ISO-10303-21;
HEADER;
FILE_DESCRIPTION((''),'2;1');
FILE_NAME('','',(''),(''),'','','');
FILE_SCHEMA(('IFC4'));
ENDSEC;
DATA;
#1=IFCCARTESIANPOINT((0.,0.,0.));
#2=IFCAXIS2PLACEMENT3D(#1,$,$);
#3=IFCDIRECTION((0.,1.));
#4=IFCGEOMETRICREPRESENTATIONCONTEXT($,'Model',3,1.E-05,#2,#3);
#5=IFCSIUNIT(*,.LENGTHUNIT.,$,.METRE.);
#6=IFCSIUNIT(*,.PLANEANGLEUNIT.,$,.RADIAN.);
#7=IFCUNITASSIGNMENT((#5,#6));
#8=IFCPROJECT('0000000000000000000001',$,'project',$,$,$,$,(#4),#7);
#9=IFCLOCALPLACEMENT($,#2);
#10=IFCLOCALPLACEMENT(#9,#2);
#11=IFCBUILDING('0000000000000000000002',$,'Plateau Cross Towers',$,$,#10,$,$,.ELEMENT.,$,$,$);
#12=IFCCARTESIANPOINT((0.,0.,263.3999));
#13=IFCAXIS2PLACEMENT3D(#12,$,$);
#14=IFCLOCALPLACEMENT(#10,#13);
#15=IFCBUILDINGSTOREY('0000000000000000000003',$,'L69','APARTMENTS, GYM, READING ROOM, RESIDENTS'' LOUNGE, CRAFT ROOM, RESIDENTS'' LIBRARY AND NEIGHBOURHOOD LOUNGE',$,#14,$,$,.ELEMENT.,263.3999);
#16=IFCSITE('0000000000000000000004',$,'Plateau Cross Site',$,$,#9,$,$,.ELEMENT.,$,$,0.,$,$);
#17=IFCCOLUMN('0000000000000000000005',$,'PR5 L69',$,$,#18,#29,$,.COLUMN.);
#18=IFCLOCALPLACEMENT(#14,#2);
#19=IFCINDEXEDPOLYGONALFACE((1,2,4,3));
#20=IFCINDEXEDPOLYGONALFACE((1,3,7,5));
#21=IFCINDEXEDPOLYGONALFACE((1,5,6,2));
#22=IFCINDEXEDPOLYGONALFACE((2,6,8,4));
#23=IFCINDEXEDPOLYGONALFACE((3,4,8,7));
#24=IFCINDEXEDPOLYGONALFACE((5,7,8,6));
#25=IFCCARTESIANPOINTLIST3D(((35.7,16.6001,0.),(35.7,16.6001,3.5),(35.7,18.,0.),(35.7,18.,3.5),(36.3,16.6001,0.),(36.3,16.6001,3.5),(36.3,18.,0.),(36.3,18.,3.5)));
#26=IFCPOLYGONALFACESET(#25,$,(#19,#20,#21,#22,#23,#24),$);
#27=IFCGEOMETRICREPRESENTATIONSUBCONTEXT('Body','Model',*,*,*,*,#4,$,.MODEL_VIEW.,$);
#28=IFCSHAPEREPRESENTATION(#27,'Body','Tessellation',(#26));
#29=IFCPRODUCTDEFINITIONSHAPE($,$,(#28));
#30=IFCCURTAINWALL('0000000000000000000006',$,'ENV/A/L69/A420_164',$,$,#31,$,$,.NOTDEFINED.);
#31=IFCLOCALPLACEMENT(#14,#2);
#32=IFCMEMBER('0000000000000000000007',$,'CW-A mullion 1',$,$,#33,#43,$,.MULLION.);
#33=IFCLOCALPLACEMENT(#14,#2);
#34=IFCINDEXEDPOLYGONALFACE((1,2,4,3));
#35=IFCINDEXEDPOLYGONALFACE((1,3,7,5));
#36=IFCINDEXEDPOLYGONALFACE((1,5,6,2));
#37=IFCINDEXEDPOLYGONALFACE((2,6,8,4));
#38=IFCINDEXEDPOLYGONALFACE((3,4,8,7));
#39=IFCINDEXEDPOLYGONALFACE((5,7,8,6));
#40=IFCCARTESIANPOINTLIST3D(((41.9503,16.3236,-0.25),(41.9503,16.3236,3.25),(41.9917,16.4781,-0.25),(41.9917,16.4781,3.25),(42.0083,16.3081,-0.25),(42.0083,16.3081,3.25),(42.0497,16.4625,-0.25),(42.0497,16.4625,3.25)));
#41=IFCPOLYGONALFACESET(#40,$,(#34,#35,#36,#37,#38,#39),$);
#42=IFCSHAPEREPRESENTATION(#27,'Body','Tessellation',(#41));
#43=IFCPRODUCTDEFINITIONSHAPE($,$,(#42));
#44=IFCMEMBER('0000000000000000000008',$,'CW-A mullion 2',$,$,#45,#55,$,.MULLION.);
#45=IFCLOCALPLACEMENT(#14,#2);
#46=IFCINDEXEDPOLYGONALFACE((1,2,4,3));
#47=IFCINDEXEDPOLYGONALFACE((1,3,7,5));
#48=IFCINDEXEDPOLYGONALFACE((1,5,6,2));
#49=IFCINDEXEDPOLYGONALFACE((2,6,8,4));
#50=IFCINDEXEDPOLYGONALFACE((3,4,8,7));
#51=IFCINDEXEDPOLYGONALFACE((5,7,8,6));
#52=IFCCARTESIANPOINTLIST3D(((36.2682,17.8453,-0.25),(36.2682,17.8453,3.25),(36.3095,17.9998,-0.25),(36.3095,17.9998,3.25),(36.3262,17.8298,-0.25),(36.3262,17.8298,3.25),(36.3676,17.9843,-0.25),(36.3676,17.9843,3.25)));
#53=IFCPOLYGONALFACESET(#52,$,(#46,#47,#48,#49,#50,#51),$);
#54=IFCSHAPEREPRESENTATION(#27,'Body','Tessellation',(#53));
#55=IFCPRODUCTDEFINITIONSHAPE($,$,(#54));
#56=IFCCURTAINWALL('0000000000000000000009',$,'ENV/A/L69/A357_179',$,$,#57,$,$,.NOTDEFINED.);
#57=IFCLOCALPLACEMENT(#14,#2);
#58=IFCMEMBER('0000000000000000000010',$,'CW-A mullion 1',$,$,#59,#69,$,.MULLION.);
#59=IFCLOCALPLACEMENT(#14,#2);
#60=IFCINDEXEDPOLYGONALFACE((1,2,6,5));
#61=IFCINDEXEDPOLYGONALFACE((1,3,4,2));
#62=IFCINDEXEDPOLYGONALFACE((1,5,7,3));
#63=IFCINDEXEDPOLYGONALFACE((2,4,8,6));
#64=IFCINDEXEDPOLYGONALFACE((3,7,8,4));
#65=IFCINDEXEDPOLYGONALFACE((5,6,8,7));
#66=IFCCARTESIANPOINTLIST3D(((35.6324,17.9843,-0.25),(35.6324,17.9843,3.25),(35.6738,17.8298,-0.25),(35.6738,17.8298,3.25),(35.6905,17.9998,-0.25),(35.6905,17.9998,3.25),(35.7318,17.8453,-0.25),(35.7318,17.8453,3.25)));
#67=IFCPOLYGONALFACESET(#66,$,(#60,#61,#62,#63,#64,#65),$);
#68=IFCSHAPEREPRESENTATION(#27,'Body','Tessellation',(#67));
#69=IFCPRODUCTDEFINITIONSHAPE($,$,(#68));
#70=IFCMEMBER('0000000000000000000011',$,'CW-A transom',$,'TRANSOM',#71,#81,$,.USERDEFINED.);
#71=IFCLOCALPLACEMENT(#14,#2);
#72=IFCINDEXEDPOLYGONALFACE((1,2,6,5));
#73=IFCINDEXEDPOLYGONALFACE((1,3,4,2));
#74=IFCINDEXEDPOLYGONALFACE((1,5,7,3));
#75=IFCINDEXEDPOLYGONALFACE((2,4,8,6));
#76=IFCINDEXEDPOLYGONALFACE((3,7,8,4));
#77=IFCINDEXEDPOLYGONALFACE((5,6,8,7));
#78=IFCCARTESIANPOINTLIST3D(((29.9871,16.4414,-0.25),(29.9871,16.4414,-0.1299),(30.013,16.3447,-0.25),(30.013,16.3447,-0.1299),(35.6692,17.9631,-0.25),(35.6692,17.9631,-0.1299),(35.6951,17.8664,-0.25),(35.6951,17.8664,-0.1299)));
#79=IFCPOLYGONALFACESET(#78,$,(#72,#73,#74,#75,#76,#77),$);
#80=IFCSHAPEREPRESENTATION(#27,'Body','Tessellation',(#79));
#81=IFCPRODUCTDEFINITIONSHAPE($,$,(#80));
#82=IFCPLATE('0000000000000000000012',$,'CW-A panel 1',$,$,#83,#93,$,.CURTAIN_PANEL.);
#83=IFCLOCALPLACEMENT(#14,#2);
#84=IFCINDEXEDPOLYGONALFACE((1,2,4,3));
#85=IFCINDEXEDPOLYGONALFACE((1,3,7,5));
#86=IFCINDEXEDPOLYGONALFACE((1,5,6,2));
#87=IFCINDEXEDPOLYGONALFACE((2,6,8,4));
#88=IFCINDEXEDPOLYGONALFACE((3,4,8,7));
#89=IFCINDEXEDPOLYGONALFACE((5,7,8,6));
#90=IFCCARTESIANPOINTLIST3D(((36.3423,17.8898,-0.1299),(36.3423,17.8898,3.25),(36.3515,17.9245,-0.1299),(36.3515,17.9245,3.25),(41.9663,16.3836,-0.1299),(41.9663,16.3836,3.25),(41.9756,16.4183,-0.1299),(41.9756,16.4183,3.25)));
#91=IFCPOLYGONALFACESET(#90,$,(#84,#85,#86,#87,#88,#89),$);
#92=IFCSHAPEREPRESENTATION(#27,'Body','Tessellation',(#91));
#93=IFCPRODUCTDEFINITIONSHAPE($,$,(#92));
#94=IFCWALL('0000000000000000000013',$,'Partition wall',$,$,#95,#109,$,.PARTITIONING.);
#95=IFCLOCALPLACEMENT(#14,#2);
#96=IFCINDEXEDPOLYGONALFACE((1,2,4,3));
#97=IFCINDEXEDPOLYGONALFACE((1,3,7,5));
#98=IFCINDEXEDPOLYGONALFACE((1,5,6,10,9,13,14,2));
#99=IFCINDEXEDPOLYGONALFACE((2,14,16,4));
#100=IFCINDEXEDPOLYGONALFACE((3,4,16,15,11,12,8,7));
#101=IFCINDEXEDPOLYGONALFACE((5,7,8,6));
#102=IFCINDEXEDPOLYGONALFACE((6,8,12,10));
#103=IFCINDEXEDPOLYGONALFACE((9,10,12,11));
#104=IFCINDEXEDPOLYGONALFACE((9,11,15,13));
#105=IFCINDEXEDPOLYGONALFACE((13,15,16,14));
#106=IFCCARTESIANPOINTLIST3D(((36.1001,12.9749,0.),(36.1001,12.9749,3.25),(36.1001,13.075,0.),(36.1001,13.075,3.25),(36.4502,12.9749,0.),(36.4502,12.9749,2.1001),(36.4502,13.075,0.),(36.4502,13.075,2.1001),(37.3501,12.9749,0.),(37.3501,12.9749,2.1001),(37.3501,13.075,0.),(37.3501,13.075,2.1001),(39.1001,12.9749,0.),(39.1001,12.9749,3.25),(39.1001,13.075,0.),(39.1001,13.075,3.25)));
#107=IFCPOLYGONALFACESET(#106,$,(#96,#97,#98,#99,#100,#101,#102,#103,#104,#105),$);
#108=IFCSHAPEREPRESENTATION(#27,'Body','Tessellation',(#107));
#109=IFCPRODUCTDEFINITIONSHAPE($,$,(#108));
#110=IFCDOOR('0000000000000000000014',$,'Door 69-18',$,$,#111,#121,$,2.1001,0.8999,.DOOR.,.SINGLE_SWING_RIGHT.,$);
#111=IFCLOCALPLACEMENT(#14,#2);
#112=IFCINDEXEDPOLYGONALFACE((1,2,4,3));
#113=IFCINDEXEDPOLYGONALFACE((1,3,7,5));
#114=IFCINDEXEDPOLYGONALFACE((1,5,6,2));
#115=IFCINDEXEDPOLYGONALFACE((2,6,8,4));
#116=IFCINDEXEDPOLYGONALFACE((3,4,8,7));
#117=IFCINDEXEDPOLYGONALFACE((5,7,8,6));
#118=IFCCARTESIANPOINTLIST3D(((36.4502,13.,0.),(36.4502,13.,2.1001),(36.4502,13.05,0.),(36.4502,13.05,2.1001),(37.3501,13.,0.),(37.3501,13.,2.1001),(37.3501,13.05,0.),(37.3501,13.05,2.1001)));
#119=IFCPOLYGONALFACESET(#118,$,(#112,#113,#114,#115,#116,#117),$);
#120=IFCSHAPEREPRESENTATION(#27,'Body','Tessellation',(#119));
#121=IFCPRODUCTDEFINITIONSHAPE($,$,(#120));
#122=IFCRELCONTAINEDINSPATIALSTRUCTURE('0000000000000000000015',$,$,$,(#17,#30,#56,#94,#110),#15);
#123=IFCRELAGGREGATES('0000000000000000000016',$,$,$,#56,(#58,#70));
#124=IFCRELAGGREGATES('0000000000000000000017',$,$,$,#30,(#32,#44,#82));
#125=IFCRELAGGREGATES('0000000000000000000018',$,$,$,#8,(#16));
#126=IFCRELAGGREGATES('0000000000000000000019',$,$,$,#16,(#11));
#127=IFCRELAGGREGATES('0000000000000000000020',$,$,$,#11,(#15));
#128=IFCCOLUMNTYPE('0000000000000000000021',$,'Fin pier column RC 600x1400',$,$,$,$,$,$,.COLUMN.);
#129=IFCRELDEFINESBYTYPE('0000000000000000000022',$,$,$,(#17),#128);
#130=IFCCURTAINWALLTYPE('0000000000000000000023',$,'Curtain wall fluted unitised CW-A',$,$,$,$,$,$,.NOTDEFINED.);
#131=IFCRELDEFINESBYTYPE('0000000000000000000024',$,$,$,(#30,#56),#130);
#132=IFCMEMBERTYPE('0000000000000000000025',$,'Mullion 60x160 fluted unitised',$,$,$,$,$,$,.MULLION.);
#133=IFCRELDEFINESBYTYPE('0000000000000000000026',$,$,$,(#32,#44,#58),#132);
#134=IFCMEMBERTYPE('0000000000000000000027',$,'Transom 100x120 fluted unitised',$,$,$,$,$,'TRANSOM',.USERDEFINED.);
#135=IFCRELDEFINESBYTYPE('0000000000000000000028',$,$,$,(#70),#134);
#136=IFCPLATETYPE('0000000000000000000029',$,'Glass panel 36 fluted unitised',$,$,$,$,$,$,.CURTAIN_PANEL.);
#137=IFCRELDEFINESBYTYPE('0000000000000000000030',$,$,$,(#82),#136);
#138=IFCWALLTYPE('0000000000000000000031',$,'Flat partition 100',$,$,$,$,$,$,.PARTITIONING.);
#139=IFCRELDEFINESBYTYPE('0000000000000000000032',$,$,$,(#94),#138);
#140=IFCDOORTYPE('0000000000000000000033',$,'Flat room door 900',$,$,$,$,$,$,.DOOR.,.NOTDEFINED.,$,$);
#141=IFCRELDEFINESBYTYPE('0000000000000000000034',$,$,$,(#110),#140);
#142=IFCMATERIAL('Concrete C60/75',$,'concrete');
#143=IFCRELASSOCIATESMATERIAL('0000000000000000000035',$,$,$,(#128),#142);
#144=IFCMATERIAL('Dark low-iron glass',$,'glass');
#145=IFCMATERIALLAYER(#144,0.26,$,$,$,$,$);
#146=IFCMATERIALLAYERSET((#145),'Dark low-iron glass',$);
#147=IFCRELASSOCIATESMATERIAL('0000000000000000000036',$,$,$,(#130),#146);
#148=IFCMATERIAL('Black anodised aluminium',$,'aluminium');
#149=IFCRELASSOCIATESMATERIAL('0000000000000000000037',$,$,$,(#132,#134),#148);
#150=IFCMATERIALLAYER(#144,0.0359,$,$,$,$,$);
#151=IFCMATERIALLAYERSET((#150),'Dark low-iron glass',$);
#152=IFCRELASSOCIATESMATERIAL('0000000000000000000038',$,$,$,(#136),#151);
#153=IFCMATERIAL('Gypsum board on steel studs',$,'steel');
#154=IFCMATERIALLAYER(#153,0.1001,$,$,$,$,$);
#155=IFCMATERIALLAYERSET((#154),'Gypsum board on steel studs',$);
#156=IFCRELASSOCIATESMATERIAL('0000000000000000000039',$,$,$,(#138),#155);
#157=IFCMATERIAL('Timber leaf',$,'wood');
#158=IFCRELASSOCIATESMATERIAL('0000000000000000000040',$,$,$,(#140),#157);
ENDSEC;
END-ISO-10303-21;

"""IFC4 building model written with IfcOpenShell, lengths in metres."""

from ifc_helpers import new_model, si_unit, direction, frame, frame_2d, origin, origin_2d, place, context, subcontext, project, spatial, rectangle, extrude, material, layer, layer_set, material_profile, profile_set, type_object, element, fill, aggregate, save


model = new_model("IFC4")

# Units and contexts
model_context = context("Model", 3, precision=1e-05, world=origin(), true_north=direction((0.0, 1.0)))
body_context = subcontext(model_context, "Body", "Model", "MODEL_VIEW")
ifc_project = project(units=[si_unit("LENGTHUNIT", "METRE"), si_unit("PLANEANGLEUNIT", "RADIAN")], contexts=[model_context])

# Site, building, storey
site_placement = place(None, origin())
site = spatial("IfcSite", under=ifc_project, at=site_placement, Name="Plateau Cross Site", CompositionType="ELEMENT", RefElevation=0.0)
building_placement = place(site_placement, origin())
building = spatial("IfcBuilding", under=site, at=building_placement, Name="Plateau Cross Towers", CompositionType="ELEMENT")
storey_placement = place(building_placement, frame((0.0, 0.0, 263.3999)))
storey = spatial("IfcBuildingStorey", under=building, at=storey_placement, Name="L69", Description="APARTMENTS, GYM, READING ROOM, RESIDENTS' LOUNGE, CRAFT ROOM, RESIDENTS' LIBRARY AND NEIGHBOURHOOD LOUNGE", CompositionType="ELEMENT", Elevation=263.3999)

# Column
ifc_material_1 = material(Name="Concrete C60/75", Category="concrete")
ifc_material_profile_1 = material_profile(ifc_material_1, rectangle(XDim=0.6001, YDim=1.3999, at=origin_2d()), Name="RC 600x1400")
ifc_profile_set_1 = profile_set([ifc_material_profile_1], Name="Concrete C60/75")
column_type = type_object("IfcColumnType", Name="Fin pier column RC 600x1400", PredefinedType="COLUMN", material=ifc_profile_set_1)
column_placement = place(storey_placement, frame((36.0, 17.3, 0.0), z_axis=(0.0, 0.0, 1.0), x_axis=(1.0, 0.0, 0.0)))
element("IfcColumn", 1, at=column_placement, inside=storey, type_object=column_type, Name="PR5 L69", PredefinedType="COLUMN", context=body_context, shape_type="SweptSolid", body=[
    extrude(rectangle(XDim=0.6001, YDim=1.3999, at=origin_2d()), origin(), (0.0, 0.0, 1.0), 3.5),
])

# Curtain walls, members
ifc_material_2 = material(Name="Dark low-iron glass", Category="glass")
ifc_layer_1 = layer(ifc_material_2, 0.26)
ifc_layer_set_1 = layer_set([ifc_layer_1], Name="Dark low-iron glass")
curtain_wall_type = type_object("IfcCurtainWallType", Name="Curtain wall fluted unitised CW-A", PredefinedType="NOTDEFINED", material=ifc_layer_set_1)
curtain_wall_1_placement = place(storey_placement, origin())
curtain_wall_1 = element("IfcCurtainWall", 2, at=curtain_wall_1_placement, inside=storey, type_object=curtain_wall_type, Name="ENV/A/L69/A420_164", PredefinedType="NOTDEFINED")
ifc_material_3 = material(Name="Black anodised aluminium", Category="aluminium")
ifc_material_profile_2 = material_profile(ifc_material_3, rectangle(XDim=0.0601, YDim=0.1599, at=origin_2d()), Name="MULLION 60x160")
ifc_profile_set_2 = profile_set([ifc_material_profile_2], Name="Black anodised aluminium")
member_type_1 = type_object("IfcMemberType", Name="Mullion 60x160 fluted unitised", PredefinedType="MULLION", material=ifc_profile_set_2)
member_1_placement = place(storey_placement, frame((42.0, 16.3931, -0.25), z_axis=(0.0, 0.0, 1.0), x_axis=(-0.965958, 0.258699, 0.0)))
member_1 = element("IfcMember", 3, at=member_1_placement, type_object=member_type_1, Name="CW-A mullion 1", PredefinedType="MULLION", context=body_context, shape_type="SweptSolid", body=[
    extrude(rectangle(XDim=0.0601, YDim=0.1599, at=origin_2d()), origin(), (0.0, 0.0, 1.0), 3.5),
])
member_2_placement = place(storey_placement, frame((36.3179, 17.9148, -0.25), z_axis=(0.0, 0.0, 1.0), x_axis=(-0.965958, 0.258699, 0.0)))
member_2 = element("IfcMember", 4, at=member_2_placement, type_object=member_type_1, Name="CW-A mullion 2", PredefinedType="MULLION", context=body_context, shape_type="SweptSolid", body=[
    extrude(rectangle(XDim=0.0601, YDim=0.1599, at=origin_2d()), origin(), (0.0, 0.0, 1.0), 3.5),
])
curtain_wall_2_placement = place(storey_placement, origin())
curtain_wall_2 = element("IfcCurtainWall", 5, at=curtain_wall_2_placement, inside=storey, type_object=curtain_wall_type, Name="ENV/A/L69/A357_179", PredefinedType="NOTDEFINED")
member_3_placement = place(storey_placement, frame((35.6821, 17.9148, -0.25), z_axis=(0.0, 0.0, 1.0), x_axis=(-0.965958, -0.258699, 0.0)))
member_3 = element("IfcMember", 6, at=member_3_placement, type_object=member_type_1, Name="CW-A mullion 1", PredefinedType="MULLION", context=body_context, shape_type="SweptSolid", body=[
    extrude(rectangle(XDim=0.0601, YDim=0.1599, at=origin_2d()), origin(), (0.0, 0.0, 1.0), 3.5),
])
ifc_material_profile_3 = material_profile(ifc_material_3, rectangle(XDim=0.1001, YDim=0.1201, at=origin_2d()), Name="TRANSOM 100x120")
ifc_profile_set_3 = profile_set([ifc_material_profile_3], Name="Black anodised aluminium")
member_type_2 = type_object("IfcMemberType", Name="Transom 100x120 fluted unitised", ElementType="TRANSOM", PredefinedType="USERDEFINED", material=ifc_profile_set_3)
member_4_placement = place(storey_placement, frame((35.6821, 17.9148, -0.1899), z_axis=(-0.96596, -0.258693, 0.0), x_axis=(0.258693, -0.96596, 0.0)))
member_4 = element("IfcMember", 7, at=member_4_placement, type_object=member_type_2, Name="CW-A transom", ObjectType="TRANSOM", PredefinedType="USERDEFINED", context=body_context, shape_type="SweptSolid", body=[
    extrude(rectangle(XDim=0.1001, YDim=0.1201, at=origin_2d()), origin(), (0.0, 0.0, 1.0), 5.8823),
])
aggregate(curtain_wall_2, [member_3, member_4])

# Plate
ifc_layer_2 = layer(ifc_material_2, 0.0359)
ifc_layer_set_2 = layer_set([ifc_layer_2], Name="Dark low-iron glass")
plate_type = type_object("IfcPlateType", Name="Glass panel 36 fluted unitised", PredefinedType="CURTAIN_PANEL", material=ifc_layer_set_2)
plate_placement = place(storey_placement, frame((39.1589, 17.1541, -0.1299), z_axis=(0.0, 0.0, 1.0), x_axis=(-0.965958, 0.258699, 0.0)))
plate = element("IfcPlate", 8, at=plate_placement, type_object=plate_type, Name="CW-A panel 1", PredefinedType="CURTAIN_PANEL", context=body_context, shape_type="SweptSolid", body=[
    extrude(rectangle(XDim=5.8223, YDim=0.0359, at=origin_2d()), origin(), (0.0, 0.0, 1.0), 3.3799),
])
aggregate(curtain_wall_1, [member_1, member_2, plate])

# Wall, opening, door
ifc_material_4 = material(Name="Gypsum board on steel studs", Category="steel")
ifc_layer_3 = layer(ifc_material_4, 0.1001)
ifc_layer_set_3 = layer_set([ifc_layer_3], Name="Gypsum board on steel studs")
wall_type_1 = type_object("IfcWallType", Name="Flat partition 100", PredefinedType="PARTITIONING", material=ifc_layer_set_3)
wall_1_placement = place(storey_placement, frame((39.1001, 13.0249, 0.0), z_axis=(0.0, 0.0, 1.0), x_axis=(-1.0, 0.0, 0.0)))
wall_1 = element("IfcWall", 9, at=wall_1_placement, inside=storey, type_object=wall_type_1, Name="Partition wall", PredefinedType="PARTITIONING", context=body_context, shape_type="SweptSolid", body=[
    extrude(rectangle(XDim=3.0, YDim=0.1001, at=frame_2d((1.5, 0.0))), origin(), (0.0, 0.0, 1.0), 3.25),
])
opening_1_placement = place(wall_1_placement, frame((1.75, 0.0, 0.0)))
opening_1 = element("IfcOpeningElement", 10, at=opening_1_placement, cuts=wall_1, PredefinedType="OPENING", context=body_context, shape_type="SweptSolid", body=[
    extrude(rectangle(XDim=0.8999, YDim=2.1001, at=frame_2d((0.45, 1.05))), frame((0.0, 0.0601, 0.0), z_axis=(0.0, -1.0, 0.0), x_axis=(1.0, 0.0, 0.0)), (0.0, 0.0, 1.0), 0.1201),
])
ifc_material_5 = material(Name="Timber leaf", Category="wood")
door_type_1 = type_object("IfcDoorType", Name="Flat room door 900", OperationType="NOTDEFINED", PredefinedType="DOOR", material=ifc_material_5)
door_1_placement = place(opening_1_placement, origin())
door_1 = element("IfcDoor", 11, at=door_1_placement, inside=storey, type_object=door_type_1, Name="Door 69-18", OperationType="SINGLE_SWING_RIGHT", OverallHeight=2.1001, OverallWidth=0.8999, PredefinedType="DOOR", context=body_context, shape_type="SweptSolid", body=[
    extrude(rectangle(XDim=0.8999, YDim=2.1001, at=frame_2d((0.45, 1.05))), frame((0.0, 0.0249, 0.0), z_axis=(0.0, -1.0, 0.0), x_axis=(1.0, 0.0, 0.0)), (0.0, 0.0, 1.0), 0.05),
])
fill(opening_1, door_1)

save(model, "model.ifc")
